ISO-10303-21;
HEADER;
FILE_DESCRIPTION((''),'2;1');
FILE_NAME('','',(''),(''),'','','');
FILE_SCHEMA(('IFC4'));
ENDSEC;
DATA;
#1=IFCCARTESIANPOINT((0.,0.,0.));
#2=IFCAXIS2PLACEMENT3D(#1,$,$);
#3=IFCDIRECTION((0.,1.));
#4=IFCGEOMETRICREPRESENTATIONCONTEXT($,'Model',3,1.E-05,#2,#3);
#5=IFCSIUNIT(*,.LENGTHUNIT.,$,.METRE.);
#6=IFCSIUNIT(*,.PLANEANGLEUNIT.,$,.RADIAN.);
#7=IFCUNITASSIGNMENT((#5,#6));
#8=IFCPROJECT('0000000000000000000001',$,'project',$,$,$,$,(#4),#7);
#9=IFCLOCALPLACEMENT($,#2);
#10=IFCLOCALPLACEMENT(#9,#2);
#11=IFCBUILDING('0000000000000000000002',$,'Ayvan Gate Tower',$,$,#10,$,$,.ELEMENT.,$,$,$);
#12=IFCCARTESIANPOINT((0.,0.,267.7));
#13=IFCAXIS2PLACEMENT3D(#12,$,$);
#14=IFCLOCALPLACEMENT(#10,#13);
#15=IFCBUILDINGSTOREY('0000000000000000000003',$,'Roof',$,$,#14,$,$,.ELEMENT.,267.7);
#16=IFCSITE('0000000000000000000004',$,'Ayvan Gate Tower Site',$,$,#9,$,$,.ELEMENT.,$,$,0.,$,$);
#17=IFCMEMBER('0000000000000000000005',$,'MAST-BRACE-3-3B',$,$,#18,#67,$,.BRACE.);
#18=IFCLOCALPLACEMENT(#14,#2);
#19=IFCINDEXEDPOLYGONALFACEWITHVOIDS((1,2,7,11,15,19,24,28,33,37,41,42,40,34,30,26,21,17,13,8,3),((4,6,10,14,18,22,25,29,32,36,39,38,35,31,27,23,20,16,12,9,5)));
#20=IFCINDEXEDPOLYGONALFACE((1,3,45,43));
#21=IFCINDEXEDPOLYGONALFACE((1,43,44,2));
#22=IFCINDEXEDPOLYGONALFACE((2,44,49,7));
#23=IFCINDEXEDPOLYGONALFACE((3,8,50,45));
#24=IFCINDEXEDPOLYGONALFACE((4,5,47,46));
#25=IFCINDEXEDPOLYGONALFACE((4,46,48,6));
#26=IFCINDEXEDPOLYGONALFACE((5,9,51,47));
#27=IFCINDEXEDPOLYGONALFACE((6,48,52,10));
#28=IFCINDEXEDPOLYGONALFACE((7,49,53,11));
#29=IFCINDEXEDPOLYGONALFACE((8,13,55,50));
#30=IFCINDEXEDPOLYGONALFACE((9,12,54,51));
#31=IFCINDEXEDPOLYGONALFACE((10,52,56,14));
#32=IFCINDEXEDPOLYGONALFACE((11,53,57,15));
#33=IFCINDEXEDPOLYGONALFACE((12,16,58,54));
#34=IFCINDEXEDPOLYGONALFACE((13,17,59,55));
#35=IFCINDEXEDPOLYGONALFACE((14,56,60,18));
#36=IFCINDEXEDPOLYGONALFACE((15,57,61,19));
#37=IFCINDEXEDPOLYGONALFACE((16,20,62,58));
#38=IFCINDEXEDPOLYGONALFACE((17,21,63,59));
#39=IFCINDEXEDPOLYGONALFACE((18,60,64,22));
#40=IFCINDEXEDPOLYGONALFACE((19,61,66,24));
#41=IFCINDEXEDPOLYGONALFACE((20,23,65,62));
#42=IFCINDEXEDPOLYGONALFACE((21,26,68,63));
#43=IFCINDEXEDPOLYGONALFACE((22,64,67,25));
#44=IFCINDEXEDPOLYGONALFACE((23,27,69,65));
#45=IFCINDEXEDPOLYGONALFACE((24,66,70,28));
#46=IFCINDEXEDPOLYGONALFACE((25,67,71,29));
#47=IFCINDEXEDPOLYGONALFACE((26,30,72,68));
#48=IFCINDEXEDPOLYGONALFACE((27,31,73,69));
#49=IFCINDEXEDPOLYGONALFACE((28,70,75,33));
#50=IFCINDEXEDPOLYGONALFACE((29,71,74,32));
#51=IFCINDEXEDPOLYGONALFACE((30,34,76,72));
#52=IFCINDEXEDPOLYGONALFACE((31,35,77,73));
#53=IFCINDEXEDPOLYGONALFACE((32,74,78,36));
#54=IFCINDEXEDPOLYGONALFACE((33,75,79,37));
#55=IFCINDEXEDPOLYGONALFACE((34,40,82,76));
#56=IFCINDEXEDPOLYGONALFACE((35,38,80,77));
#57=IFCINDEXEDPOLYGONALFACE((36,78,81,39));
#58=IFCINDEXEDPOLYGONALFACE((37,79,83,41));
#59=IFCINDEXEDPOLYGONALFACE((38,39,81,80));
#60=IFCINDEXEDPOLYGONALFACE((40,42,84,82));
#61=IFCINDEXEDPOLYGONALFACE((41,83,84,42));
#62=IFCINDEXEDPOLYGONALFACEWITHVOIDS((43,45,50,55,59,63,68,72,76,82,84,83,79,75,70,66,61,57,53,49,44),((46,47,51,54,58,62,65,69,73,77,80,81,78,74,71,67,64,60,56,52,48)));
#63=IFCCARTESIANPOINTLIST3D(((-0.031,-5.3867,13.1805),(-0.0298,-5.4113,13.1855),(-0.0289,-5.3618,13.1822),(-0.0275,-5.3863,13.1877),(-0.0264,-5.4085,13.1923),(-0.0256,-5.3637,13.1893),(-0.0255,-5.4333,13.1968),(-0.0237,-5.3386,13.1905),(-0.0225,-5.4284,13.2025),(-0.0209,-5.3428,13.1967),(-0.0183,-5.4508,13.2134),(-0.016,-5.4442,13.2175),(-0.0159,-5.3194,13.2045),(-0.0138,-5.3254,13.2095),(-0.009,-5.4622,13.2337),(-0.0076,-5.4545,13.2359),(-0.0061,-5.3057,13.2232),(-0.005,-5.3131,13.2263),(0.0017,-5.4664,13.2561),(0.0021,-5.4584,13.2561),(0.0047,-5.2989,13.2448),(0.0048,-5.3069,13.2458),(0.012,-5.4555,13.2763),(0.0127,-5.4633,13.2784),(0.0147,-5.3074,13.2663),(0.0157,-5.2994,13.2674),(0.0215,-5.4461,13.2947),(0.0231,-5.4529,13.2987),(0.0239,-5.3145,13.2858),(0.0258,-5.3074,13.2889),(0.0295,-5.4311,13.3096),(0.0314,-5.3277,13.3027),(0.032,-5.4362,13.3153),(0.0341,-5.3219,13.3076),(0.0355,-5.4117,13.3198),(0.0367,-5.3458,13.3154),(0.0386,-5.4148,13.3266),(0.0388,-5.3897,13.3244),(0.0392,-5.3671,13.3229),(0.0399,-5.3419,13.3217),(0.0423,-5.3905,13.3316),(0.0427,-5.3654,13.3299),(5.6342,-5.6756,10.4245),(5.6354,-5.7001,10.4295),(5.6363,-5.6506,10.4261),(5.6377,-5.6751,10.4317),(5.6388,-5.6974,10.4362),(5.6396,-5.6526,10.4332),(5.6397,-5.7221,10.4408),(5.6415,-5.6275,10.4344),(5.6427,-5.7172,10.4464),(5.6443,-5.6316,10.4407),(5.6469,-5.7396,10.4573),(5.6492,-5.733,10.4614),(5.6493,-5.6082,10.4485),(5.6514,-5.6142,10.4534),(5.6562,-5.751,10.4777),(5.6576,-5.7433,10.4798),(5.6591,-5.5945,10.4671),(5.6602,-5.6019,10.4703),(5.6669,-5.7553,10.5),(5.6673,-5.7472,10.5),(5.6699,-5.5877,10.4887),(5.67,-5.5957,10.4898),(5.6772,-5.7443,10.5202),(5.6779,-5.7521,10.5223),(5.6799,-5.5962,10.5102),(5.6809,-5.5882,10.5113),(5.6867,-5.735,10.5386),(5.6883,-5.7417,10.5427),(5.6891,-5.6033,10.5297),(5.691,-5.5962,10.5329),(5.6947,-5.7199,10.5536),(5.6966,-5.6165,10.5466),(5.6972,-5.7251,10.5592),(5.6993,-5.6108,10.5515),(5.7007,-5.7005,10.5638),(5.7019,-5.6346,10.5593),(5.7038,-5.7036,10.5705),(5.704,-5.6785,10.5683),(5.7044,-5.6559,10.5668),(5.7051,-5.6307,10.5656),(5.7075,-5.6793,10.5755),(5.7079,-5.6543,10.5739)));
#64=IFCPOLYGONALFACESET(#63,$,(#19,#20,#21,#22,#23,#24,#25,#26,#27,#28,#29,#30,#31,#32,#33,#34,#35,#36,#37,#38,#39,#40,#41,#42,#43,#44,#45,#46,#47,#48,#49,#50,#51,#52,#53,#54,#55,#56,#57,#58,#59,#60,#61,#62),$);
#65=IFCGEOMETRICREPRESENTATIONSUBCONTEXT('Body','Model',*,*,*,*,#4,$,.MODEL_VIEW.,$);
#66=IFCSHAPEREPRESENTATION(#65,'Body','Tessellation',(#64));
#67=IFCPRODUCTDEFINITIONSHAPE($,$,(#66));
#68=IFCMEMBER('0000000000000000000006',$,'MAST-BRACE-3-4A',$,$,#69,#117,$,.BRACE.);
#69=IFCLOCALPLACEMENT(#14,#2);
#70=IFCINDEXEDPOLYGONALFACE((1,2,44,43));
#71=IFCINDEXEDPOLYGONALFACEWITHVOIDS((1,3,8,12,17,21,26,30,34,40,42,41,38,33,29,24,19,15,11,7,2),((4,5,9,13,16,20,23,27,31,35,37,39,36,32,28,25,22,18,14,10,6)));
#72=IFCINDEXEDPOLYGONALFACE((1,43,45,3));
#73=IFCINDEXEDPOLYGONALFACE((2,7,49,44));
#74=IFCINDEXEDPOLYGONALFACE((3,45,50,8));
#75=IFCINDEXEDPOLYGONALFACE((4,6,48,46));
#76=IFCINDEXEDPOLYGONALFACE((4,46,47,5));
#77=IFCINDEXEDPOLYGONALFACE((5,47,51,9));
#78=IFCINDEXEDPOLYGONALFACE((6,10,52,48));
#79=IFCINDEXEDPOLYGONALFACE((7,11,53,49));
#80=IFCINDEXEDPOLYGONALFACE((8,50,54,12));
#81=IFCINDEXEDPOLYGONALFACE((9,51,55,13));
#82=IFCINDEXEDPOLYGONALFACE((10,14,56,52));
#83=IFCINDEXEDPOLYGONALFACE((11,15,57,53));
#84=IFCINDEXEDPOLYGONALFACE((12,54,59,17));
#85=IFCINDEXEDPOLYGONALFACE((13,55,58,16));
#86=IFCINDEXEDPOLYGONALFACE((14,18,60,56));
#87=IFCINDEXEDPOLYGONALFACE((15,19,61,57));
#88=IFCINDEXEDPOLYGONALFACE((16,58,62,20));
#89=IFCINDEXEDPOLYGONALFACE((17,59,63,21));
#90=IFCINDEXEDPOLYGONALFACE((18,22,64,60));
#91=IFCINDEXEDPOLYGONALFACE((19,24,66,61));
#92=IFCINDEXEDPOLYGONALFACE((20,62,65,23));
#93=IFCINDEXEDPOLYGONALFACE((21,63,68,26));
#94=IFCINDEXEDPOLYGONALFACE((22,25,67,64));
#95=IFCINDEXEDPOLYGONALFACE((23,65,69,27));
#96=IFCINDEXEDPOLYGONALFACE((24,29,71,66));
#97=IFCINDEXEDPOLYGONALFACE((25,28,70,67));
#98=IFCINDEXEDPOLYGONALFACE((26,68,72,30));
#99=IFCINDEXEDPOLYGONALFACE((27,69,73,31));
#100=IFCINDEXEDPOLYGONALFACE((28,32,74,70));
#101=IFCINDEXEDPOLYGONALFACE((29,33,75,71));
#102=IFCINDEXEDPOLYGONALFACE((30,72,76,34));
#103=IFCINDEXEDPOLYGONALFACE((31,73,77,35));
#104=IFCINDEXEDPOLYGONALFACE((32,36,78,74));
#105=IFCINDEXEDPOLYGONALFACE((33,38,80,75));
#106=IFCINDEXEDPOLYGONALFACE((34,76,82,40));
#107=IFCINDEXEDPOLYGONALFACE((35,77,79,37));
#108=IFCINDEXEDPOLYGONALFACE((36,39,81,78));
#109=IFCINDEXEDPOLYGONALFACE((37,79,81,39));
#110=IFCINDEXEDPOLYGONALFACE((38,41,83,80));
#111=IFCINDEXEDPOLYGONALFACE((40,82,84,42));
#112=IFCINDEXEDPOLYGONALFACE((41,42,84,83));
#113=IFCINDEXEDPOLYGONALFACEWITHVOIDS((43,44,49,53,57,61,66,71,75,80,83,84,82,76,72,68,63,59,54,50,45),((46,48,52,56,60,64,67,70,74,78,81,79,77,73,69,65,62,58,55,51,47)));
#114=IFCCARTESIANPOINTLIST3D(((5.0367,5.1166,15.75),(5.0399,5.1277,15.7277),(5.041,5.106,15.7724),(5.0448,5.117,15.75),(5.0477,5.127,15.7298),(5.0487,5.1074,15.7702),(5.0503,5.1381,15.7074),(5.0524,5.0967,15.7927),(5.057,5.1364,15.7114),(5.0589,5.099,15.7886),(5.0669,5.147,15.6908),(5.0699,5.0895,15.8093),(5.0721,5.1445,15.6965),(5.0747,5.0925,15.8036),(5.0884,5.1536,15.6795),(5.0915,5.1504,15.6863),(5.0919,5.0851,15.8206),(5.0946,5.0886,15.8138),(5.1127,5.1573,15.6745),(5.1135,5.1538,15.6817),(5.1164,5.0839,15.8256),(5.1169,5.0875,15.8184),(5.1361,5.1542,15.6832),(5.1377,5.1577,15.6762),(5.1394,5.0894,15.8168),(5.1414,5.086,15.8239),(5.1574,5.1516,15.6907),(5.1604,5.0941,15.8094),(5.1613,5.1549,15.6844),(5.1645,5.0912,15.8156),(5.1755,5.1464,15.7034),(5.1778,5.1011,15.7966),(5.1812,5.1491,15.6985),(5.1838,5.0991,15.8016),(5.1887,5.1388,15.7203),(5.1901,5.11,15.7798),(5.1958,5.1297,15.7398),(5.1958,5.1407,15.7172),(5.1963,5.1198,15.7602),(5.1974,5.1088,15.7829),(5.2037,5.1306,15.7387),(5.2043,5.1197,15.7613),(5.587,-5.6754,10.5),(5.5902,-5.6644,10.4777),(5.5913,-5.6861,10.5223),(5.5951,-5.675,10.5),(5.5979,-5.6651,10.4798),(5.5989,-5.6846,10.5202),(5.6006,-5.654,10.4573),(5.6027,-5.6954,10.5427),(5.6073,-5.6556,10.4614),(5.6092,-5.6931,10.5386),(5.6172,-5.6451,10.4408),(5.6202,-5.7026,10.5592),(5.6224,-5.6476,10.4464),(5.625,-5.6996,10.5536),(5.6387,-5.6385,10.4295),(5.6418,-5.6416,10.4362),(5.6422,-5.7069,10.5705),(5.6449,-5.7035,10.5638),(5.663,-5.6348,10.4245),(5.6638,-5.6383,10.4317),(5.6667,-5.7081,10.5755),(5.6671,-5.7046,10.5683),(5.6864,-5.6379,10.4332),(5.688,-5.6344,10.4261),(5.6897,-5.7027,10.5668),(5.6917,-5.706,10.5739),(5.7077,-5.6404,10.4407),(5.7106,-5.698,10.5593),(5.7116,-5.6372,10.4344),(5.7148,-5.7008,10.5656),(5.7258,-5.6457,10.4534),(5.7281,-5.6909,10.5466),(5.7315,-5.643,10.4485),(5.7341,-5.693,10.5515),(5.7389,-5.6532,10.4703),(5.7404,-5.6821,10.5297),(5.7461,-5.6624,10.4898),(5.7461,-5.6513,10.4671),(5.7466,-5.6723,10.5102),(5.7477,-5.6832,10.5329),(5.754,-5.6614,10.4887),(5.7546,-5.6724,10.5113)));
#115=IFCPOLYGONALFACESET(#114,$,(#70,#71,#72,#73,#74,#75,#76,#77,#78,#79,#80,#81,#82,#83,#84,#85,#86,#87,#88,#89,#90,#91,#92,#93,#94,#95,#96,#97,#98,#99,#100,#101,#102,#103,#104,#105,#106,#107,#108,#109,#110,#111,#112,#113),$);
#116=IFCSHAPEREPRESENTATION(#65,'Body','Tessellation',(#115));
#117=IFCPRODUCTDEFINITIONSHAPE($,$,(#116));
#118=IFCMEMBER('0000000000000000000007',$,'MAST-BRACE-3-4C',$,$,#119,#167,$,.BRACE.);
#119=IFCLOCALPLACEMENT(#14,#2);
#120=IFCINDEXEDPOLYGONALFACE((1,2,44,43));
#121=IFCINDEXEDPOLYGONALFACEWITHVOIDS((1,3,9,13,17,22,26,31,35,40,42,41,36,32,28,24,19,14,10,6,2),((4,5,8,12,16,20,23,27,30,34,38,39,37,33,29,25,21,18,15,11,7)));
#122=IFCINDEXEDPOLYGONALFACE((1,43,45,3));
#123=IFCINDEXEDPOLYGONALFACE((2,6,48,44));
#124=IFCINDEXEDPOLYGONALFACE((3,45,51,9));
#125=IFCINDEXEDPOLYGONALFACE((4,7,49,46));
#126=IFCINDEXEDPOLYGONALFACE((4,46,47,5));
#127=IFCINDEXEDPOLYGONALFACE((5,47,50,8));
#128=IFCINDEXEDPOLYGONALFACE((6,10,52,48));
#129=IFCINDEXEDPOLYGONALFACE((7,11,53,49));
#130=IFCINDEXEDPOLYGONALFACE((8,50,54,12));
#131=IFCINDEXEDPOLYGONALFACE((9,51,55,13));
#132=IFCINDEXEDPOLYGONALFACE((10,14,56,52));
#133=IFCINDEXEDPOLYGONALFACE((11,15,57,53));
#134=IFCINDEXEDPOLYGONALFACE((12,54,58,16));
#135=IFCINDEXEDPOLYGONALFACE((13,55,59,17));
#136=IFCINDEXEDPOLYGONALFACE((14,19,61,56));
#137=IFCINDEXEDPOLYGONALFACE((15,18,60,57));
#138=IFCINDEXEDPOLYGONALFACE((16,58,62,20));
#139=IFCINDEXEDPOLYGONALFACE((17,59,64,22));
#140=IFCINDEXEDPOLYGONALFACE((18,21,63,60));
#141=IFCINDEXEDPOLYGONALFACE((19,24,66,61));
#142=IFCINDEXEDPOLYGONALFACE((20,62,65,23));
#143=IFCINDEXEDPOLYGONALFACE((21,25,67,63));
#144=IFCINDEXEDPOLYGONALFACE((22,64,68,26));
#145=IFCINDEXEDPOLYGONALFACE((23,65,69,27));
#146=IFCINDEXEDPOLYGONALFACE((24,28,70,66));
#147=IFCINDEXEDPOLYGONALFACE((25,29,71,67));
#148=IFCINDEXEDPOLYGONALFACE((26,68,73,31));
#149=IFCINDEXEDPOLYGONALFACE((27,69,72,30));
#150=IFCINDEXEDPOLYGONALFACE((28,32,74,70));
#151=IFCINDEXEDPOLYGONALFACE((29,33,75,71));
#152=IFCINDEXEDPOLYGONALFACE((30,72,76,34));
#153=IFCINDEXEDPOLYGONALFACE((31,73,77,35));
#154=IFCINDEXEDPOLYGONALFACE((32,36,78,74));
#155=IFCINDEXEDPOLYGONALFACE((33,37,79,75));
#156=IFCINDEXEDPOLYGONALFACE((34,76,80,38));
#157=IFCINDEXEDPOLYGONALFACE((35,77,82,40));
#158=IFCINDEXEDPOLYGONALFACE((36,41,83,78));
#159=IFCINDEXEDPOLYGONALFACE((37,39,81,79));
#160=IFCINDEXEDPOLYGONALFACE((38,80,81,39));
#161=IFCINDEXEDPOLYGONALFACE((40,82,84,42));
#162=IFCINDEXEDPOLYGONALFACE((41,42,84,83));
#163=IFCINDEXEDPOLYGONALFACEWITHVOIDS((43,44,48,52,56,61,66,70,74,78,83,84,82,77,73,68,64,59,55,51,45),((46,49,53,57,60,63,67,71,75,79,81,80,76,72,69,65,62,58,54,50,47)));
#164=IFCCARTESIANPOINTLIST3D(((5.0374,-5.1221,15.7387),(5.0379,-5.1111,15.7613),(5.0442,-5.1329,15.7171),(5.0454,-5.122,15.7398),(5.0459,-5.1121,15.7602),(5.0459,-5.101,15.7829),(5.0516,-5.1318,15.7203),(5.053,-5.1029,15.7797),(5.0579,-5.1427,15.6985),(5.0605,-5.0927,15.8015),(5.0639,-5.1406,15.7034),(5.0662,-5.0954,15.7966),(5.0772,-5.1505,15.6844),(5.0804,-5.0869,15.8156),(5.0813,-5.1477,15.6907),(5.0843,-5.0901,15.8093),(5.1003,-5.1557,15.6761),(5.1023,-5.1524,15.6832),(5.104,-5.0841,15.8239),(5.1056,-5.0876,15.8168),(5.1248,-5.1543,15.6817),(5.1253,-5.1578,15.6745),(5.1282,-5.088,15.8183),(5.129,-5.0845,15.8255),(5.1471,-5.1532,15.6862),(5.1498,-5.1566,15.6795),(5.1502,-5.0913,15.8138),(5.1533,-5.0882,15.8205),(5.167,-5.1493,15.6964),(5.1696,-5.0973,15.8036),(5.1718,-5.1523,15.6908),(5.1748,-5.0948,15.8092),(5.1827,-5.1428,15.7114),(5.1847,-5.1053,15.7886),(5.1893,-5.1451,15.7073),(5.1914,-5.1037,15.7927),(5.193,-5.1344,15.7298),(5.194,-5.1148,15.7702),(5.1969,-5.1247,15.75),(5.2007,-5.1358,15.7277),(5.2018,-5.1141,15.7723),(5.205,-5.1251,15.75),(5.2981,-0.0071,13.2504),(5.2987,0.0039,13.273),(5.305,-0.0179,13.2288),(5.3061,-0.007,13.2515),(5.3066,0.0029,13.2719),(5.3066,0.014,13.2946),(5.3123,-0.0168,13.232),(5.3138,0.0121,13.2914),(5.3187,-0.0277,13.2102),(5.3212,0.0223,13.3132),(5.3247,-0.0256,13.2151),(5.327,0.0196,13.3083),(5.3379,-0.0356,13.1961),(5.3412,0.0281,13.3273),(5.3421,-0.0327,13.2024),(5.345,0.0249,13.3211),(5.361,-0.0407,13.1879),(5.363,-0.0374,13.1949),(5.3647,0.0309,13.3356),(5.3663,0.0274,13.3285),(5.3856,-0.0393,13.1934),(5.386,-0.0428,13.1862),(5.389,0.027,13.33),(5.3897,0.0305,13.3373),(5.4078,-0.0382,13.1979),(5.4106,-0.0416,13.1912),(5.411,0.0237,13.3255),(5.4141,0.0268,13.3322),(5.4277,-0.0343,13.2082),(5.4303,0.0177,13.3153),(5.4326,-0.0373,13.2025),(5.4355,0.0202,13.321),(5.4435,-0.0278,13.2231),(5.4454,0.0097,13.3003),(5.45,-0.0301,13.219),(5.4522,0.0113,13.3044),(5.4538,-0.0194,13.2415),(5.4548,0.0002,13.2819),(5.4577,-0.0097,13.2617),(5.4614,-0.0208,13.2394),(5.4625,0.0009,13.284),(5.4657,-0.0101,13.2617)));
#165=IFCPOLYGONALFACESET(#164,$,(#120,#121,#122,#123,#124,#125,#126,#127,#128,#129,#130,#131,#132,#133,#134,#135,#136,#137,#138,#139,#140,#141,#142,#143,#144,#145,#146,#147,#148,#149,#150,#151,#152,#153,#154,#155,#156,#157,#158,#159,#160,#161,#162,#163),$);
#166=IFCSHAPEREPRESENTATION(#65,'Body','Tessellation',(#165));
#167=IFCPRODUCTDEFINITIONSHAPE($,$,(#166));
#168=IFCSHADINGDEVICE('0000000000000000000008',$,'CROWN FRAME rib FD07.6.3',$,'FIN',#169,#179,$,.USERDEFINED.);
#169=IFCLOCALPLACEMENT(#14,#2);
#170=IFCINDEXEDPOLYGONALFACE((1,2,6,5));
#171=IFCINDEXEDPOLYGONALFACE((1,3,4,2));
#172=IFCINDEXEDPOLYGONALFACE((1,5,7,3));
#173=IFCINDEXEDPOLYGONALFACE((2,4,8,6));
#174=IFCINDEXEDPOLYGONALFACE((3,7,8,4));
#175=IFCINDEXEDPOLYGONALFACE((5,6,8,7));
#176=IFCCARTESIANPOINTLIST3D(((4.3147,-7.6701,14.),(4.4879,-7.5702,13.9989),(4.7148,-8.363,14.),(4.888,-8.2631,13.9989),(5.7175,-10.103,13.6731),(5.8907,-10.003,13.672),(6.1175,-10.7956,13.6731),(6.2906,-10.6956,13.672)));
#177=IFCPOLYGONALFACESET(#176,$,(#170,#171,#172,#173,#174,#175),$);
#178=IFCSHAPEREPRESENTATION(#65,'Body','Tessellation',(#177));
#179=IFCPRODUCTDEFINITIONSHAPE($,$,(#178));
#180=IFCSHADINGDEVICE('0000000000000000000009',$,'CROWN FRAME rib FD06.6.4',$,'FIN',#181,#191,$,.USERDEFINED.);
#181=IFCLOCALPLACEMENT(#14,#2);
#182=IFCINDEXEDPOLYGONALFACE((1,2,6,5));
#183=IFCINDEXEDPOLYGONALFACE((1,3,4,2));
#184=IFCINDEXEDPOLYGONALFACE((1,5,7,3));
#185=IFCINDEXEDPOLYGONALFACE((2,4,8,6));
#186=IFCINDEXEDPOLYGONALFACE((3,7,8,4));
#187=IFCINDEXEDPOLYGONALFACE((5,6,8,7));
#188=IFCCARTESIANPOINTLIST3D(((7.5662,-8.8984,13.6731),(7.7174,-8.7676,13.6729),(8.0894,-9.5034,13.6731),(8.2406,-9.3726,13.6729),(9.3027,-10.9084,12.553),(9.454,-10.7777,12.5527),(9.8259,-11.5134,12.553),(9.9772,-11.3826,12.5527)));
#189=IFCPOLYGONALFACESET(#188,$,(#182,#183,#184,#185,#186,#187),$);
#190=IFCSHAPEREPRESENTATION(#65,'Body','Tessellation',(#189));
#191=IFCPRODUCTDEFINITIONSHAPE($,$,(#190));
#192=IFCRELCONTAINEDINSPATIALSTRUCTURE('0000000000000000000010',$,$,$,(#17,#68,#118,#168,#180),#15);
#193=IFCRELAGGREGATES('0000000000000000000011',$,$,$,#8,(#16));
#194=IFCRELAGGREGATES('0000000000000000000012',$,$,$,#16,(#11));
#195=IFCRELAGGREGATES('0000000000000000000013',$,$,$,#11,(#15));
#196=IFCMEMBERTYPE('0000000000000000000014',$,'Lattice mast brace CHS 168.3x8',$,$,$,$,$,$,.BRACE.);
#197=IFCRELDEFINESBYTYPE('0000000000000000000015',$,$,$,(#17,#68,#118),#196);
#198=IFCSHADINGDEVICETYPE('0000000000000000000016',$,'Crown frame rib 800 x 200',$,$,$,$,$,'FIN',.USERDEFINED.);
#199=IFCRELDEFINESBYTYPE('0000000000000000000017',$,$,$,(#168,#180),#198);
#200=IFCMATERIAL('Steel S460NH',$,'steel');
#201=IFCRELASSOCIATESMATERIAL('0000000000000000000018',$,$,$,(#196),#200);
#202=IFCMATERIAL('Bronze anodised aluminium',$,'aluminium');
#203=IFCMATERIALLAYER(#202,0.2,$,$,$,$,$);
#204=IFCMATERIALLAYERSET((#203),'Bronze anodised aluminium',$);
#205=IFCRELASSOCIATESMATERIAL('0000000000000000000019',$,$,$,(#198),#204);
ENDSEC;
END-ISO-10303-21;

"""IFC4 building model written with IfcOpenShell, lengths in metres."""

from ifc_helpers import new_model, si_unit, direction, frame, origin, origin_2d, place, context, subcontext, project, spatial, polyline, hollow_circle, outline, extrude, material, layer, layer_set, material_profile, profile_set, type_object, element, save


model = new_model("IFC4")

# Units and contexts
model_context = context("Model", 3, precision=1e-05, world=origin(), true_north=direction((0.0, 1.0)))
body_context = subcontext(model_context, "Body", "Model", "MODEL_VIEW")
ifc_project = project(units=[si_unit("LENGTHUNIT", "METRE"), si_unit("PLANEANGLEUNIT", "RADIAN")], contexts=[model_context])

# Site, building, storey
site_placement = place(None, origin())
site = spatial("IfcSite", under=ifc_project, at=site_placement, Name="Ayvan Gate Tower Site", CompositionType="ELEMENT", RefElevation=0.0)
building_placement = place(site_placement, origin())
building = spatial("IfcBuilding", under=site, at=building_placement, Name="Ayvan Gate Tower", CompositionType="ELEMENT")
storey_placement = place(building_placement, frame((0.0, 0.0, 267.7)))
storey = spatial("IfcBuildingStorey", under=building, at=storey_placement, Name="Roof", CompositionType="ELEMENT", Elevation=267.7)

# Members
ifc_material_1 = material(Name="Steel S460NH", Category="steel")
ifc_material_profile = material_profile(ifc_material_1, hollow_circle(Radius=0.0842, WallThickness=0.0081, at=origin_2d()), Name="CHS 168.3x8")
ifc_profile_set = profile_set([ifc_material_profile], Name="Steel S460NH")
member_type = type_object("IfcMemberType", Name="Lattice mast brace CHS 168.3x8", PredefinedType="BRACE", material=ifc_profile_set)
member_1_placement = place(storey_placement, frame((5.6711, -5.6711, 10.5), z_axis=(-0.89829, 0.045795, 0.437009), x_axis=(-0.050914, -0.998703, 0.0)))
element("IfcMember", 1, at=member_1_placement, inside=storey, type_object=member_type, Name="MAST-BRACE-3-3B", PredefinedType="BRACE", context=body_context, shape_type="SweptSolid", body=[
    extrude(hollow_circle(Radius=0.0842, WallThickness=0.0081, at=origin_2d()), origin(), (0.0, 0.0, 1.0), 6.3066),
])
member_2_placement = place(storey_placement, frame((5.6711, -5.6711, 10.5), z_axis=(-0.045805, 0.898296, 0.436996), x_axis=(-0.998702, -0.050925, 0.0)))
element("IfcMember", 2, at=member_2_placement, inside=storey, type_object=member_type, Name="MAST-BRACE-3-4A", PredefinedType="BRACE", context=body_context, shape_type="SweptSolid", body=[
    extrude(hollow_circle(Radius=0.0842, WallThickness=0.0081, at=origin_2d()), origin(), (0.0, 0.0, 1.0), 12.0139),
])
member_3_placement = place(storey_placement, frame((5.3816, -0.0059, 13.2617), z_axis=(-0.045792, -0.898298, 0.436994), x_axis=(0.998703, -0.05091, 0.0)))
element("IfcMember", 3, at=member_3_placement, inside=storey, type_object=member_type, Name="MAST-BRACE-3-4C", PredefinedType="BRACE", context=body_context, shape_type="SweptSolid", body=[
    extrude(hollow_circle(Radius=0.0842, WallThickness=0.0081, at=origin_2d()), origin(), (0.0, 0.0, 1.0), 5.6941),
])

# Shading devices
ifc_material_2 = material(Name="Bronze anodised aluminium", Category="aluminium")
ifc_layer_1 = layer(ifc_material_2, 0.2)
ifc_layer_set_1 = layer_set([ifc_layer_1], Name="Bronze anodised aluminium")
shading_device_type = type_object("IfcShadingDeviceType", Name="Crown frame rib 800 x 200", ElementType="FIN", PredefinedType="USERDEFINED", material=ifc_layer_set_1)
shading_device_1_placement = place(storey_placement, frame((5.7175, -10.103, 13.6731), z_axis=(-0.865977, -0.500054, 0.005465), x_axis=(0.500061, -0.86599, 0.0)))
element("IfcShadingDevice", 4, at=shading_device_1_placement, inside=storey, type_object=shading_device_type, Name="CROWN FRAME rib FD07.6.3", ObjectType="FIN", PredefinedType="USERDEFINED", context=body_context, shape_type="SweptSolid", body=[
    extrude(outline(polyline([(0.0, 0.0), (0.7998, 0.0), (-2.0082, 0.3269), (-2.8083, 0.3269), (0.0, 0.0)])), origin(), (0.0, 0.0, -1.0), 0.2),
])
shading_device_2_placement = place(storey_placement, frame((9.3027, -10.9084, 12.553), z_axis=(-0.756383, -0.654128, 0.001151), x_axis=(0.654128, -0.756384, 0.0)))
element("IfcShadingDevice", 5, at=shading_device_2_placement, inside=storey, type_object=shading_device_type, Name="CROWN FRAME rib FD06.6.4", ObjectType="FIN", PredefinedType="USERDEFINED", context=body_context, shape_type="SweptSolid", body=[
    extrude(outline(polyline([(0.0, 0.0), (0.7998, 0.0), (-1.8564, 1.1201), (-2.6563, 1.1201), (0.0, 0.0)])), origin(), (0.0, 0.0, -1.0), 0.2),
])

save(model, "model.ifc")
